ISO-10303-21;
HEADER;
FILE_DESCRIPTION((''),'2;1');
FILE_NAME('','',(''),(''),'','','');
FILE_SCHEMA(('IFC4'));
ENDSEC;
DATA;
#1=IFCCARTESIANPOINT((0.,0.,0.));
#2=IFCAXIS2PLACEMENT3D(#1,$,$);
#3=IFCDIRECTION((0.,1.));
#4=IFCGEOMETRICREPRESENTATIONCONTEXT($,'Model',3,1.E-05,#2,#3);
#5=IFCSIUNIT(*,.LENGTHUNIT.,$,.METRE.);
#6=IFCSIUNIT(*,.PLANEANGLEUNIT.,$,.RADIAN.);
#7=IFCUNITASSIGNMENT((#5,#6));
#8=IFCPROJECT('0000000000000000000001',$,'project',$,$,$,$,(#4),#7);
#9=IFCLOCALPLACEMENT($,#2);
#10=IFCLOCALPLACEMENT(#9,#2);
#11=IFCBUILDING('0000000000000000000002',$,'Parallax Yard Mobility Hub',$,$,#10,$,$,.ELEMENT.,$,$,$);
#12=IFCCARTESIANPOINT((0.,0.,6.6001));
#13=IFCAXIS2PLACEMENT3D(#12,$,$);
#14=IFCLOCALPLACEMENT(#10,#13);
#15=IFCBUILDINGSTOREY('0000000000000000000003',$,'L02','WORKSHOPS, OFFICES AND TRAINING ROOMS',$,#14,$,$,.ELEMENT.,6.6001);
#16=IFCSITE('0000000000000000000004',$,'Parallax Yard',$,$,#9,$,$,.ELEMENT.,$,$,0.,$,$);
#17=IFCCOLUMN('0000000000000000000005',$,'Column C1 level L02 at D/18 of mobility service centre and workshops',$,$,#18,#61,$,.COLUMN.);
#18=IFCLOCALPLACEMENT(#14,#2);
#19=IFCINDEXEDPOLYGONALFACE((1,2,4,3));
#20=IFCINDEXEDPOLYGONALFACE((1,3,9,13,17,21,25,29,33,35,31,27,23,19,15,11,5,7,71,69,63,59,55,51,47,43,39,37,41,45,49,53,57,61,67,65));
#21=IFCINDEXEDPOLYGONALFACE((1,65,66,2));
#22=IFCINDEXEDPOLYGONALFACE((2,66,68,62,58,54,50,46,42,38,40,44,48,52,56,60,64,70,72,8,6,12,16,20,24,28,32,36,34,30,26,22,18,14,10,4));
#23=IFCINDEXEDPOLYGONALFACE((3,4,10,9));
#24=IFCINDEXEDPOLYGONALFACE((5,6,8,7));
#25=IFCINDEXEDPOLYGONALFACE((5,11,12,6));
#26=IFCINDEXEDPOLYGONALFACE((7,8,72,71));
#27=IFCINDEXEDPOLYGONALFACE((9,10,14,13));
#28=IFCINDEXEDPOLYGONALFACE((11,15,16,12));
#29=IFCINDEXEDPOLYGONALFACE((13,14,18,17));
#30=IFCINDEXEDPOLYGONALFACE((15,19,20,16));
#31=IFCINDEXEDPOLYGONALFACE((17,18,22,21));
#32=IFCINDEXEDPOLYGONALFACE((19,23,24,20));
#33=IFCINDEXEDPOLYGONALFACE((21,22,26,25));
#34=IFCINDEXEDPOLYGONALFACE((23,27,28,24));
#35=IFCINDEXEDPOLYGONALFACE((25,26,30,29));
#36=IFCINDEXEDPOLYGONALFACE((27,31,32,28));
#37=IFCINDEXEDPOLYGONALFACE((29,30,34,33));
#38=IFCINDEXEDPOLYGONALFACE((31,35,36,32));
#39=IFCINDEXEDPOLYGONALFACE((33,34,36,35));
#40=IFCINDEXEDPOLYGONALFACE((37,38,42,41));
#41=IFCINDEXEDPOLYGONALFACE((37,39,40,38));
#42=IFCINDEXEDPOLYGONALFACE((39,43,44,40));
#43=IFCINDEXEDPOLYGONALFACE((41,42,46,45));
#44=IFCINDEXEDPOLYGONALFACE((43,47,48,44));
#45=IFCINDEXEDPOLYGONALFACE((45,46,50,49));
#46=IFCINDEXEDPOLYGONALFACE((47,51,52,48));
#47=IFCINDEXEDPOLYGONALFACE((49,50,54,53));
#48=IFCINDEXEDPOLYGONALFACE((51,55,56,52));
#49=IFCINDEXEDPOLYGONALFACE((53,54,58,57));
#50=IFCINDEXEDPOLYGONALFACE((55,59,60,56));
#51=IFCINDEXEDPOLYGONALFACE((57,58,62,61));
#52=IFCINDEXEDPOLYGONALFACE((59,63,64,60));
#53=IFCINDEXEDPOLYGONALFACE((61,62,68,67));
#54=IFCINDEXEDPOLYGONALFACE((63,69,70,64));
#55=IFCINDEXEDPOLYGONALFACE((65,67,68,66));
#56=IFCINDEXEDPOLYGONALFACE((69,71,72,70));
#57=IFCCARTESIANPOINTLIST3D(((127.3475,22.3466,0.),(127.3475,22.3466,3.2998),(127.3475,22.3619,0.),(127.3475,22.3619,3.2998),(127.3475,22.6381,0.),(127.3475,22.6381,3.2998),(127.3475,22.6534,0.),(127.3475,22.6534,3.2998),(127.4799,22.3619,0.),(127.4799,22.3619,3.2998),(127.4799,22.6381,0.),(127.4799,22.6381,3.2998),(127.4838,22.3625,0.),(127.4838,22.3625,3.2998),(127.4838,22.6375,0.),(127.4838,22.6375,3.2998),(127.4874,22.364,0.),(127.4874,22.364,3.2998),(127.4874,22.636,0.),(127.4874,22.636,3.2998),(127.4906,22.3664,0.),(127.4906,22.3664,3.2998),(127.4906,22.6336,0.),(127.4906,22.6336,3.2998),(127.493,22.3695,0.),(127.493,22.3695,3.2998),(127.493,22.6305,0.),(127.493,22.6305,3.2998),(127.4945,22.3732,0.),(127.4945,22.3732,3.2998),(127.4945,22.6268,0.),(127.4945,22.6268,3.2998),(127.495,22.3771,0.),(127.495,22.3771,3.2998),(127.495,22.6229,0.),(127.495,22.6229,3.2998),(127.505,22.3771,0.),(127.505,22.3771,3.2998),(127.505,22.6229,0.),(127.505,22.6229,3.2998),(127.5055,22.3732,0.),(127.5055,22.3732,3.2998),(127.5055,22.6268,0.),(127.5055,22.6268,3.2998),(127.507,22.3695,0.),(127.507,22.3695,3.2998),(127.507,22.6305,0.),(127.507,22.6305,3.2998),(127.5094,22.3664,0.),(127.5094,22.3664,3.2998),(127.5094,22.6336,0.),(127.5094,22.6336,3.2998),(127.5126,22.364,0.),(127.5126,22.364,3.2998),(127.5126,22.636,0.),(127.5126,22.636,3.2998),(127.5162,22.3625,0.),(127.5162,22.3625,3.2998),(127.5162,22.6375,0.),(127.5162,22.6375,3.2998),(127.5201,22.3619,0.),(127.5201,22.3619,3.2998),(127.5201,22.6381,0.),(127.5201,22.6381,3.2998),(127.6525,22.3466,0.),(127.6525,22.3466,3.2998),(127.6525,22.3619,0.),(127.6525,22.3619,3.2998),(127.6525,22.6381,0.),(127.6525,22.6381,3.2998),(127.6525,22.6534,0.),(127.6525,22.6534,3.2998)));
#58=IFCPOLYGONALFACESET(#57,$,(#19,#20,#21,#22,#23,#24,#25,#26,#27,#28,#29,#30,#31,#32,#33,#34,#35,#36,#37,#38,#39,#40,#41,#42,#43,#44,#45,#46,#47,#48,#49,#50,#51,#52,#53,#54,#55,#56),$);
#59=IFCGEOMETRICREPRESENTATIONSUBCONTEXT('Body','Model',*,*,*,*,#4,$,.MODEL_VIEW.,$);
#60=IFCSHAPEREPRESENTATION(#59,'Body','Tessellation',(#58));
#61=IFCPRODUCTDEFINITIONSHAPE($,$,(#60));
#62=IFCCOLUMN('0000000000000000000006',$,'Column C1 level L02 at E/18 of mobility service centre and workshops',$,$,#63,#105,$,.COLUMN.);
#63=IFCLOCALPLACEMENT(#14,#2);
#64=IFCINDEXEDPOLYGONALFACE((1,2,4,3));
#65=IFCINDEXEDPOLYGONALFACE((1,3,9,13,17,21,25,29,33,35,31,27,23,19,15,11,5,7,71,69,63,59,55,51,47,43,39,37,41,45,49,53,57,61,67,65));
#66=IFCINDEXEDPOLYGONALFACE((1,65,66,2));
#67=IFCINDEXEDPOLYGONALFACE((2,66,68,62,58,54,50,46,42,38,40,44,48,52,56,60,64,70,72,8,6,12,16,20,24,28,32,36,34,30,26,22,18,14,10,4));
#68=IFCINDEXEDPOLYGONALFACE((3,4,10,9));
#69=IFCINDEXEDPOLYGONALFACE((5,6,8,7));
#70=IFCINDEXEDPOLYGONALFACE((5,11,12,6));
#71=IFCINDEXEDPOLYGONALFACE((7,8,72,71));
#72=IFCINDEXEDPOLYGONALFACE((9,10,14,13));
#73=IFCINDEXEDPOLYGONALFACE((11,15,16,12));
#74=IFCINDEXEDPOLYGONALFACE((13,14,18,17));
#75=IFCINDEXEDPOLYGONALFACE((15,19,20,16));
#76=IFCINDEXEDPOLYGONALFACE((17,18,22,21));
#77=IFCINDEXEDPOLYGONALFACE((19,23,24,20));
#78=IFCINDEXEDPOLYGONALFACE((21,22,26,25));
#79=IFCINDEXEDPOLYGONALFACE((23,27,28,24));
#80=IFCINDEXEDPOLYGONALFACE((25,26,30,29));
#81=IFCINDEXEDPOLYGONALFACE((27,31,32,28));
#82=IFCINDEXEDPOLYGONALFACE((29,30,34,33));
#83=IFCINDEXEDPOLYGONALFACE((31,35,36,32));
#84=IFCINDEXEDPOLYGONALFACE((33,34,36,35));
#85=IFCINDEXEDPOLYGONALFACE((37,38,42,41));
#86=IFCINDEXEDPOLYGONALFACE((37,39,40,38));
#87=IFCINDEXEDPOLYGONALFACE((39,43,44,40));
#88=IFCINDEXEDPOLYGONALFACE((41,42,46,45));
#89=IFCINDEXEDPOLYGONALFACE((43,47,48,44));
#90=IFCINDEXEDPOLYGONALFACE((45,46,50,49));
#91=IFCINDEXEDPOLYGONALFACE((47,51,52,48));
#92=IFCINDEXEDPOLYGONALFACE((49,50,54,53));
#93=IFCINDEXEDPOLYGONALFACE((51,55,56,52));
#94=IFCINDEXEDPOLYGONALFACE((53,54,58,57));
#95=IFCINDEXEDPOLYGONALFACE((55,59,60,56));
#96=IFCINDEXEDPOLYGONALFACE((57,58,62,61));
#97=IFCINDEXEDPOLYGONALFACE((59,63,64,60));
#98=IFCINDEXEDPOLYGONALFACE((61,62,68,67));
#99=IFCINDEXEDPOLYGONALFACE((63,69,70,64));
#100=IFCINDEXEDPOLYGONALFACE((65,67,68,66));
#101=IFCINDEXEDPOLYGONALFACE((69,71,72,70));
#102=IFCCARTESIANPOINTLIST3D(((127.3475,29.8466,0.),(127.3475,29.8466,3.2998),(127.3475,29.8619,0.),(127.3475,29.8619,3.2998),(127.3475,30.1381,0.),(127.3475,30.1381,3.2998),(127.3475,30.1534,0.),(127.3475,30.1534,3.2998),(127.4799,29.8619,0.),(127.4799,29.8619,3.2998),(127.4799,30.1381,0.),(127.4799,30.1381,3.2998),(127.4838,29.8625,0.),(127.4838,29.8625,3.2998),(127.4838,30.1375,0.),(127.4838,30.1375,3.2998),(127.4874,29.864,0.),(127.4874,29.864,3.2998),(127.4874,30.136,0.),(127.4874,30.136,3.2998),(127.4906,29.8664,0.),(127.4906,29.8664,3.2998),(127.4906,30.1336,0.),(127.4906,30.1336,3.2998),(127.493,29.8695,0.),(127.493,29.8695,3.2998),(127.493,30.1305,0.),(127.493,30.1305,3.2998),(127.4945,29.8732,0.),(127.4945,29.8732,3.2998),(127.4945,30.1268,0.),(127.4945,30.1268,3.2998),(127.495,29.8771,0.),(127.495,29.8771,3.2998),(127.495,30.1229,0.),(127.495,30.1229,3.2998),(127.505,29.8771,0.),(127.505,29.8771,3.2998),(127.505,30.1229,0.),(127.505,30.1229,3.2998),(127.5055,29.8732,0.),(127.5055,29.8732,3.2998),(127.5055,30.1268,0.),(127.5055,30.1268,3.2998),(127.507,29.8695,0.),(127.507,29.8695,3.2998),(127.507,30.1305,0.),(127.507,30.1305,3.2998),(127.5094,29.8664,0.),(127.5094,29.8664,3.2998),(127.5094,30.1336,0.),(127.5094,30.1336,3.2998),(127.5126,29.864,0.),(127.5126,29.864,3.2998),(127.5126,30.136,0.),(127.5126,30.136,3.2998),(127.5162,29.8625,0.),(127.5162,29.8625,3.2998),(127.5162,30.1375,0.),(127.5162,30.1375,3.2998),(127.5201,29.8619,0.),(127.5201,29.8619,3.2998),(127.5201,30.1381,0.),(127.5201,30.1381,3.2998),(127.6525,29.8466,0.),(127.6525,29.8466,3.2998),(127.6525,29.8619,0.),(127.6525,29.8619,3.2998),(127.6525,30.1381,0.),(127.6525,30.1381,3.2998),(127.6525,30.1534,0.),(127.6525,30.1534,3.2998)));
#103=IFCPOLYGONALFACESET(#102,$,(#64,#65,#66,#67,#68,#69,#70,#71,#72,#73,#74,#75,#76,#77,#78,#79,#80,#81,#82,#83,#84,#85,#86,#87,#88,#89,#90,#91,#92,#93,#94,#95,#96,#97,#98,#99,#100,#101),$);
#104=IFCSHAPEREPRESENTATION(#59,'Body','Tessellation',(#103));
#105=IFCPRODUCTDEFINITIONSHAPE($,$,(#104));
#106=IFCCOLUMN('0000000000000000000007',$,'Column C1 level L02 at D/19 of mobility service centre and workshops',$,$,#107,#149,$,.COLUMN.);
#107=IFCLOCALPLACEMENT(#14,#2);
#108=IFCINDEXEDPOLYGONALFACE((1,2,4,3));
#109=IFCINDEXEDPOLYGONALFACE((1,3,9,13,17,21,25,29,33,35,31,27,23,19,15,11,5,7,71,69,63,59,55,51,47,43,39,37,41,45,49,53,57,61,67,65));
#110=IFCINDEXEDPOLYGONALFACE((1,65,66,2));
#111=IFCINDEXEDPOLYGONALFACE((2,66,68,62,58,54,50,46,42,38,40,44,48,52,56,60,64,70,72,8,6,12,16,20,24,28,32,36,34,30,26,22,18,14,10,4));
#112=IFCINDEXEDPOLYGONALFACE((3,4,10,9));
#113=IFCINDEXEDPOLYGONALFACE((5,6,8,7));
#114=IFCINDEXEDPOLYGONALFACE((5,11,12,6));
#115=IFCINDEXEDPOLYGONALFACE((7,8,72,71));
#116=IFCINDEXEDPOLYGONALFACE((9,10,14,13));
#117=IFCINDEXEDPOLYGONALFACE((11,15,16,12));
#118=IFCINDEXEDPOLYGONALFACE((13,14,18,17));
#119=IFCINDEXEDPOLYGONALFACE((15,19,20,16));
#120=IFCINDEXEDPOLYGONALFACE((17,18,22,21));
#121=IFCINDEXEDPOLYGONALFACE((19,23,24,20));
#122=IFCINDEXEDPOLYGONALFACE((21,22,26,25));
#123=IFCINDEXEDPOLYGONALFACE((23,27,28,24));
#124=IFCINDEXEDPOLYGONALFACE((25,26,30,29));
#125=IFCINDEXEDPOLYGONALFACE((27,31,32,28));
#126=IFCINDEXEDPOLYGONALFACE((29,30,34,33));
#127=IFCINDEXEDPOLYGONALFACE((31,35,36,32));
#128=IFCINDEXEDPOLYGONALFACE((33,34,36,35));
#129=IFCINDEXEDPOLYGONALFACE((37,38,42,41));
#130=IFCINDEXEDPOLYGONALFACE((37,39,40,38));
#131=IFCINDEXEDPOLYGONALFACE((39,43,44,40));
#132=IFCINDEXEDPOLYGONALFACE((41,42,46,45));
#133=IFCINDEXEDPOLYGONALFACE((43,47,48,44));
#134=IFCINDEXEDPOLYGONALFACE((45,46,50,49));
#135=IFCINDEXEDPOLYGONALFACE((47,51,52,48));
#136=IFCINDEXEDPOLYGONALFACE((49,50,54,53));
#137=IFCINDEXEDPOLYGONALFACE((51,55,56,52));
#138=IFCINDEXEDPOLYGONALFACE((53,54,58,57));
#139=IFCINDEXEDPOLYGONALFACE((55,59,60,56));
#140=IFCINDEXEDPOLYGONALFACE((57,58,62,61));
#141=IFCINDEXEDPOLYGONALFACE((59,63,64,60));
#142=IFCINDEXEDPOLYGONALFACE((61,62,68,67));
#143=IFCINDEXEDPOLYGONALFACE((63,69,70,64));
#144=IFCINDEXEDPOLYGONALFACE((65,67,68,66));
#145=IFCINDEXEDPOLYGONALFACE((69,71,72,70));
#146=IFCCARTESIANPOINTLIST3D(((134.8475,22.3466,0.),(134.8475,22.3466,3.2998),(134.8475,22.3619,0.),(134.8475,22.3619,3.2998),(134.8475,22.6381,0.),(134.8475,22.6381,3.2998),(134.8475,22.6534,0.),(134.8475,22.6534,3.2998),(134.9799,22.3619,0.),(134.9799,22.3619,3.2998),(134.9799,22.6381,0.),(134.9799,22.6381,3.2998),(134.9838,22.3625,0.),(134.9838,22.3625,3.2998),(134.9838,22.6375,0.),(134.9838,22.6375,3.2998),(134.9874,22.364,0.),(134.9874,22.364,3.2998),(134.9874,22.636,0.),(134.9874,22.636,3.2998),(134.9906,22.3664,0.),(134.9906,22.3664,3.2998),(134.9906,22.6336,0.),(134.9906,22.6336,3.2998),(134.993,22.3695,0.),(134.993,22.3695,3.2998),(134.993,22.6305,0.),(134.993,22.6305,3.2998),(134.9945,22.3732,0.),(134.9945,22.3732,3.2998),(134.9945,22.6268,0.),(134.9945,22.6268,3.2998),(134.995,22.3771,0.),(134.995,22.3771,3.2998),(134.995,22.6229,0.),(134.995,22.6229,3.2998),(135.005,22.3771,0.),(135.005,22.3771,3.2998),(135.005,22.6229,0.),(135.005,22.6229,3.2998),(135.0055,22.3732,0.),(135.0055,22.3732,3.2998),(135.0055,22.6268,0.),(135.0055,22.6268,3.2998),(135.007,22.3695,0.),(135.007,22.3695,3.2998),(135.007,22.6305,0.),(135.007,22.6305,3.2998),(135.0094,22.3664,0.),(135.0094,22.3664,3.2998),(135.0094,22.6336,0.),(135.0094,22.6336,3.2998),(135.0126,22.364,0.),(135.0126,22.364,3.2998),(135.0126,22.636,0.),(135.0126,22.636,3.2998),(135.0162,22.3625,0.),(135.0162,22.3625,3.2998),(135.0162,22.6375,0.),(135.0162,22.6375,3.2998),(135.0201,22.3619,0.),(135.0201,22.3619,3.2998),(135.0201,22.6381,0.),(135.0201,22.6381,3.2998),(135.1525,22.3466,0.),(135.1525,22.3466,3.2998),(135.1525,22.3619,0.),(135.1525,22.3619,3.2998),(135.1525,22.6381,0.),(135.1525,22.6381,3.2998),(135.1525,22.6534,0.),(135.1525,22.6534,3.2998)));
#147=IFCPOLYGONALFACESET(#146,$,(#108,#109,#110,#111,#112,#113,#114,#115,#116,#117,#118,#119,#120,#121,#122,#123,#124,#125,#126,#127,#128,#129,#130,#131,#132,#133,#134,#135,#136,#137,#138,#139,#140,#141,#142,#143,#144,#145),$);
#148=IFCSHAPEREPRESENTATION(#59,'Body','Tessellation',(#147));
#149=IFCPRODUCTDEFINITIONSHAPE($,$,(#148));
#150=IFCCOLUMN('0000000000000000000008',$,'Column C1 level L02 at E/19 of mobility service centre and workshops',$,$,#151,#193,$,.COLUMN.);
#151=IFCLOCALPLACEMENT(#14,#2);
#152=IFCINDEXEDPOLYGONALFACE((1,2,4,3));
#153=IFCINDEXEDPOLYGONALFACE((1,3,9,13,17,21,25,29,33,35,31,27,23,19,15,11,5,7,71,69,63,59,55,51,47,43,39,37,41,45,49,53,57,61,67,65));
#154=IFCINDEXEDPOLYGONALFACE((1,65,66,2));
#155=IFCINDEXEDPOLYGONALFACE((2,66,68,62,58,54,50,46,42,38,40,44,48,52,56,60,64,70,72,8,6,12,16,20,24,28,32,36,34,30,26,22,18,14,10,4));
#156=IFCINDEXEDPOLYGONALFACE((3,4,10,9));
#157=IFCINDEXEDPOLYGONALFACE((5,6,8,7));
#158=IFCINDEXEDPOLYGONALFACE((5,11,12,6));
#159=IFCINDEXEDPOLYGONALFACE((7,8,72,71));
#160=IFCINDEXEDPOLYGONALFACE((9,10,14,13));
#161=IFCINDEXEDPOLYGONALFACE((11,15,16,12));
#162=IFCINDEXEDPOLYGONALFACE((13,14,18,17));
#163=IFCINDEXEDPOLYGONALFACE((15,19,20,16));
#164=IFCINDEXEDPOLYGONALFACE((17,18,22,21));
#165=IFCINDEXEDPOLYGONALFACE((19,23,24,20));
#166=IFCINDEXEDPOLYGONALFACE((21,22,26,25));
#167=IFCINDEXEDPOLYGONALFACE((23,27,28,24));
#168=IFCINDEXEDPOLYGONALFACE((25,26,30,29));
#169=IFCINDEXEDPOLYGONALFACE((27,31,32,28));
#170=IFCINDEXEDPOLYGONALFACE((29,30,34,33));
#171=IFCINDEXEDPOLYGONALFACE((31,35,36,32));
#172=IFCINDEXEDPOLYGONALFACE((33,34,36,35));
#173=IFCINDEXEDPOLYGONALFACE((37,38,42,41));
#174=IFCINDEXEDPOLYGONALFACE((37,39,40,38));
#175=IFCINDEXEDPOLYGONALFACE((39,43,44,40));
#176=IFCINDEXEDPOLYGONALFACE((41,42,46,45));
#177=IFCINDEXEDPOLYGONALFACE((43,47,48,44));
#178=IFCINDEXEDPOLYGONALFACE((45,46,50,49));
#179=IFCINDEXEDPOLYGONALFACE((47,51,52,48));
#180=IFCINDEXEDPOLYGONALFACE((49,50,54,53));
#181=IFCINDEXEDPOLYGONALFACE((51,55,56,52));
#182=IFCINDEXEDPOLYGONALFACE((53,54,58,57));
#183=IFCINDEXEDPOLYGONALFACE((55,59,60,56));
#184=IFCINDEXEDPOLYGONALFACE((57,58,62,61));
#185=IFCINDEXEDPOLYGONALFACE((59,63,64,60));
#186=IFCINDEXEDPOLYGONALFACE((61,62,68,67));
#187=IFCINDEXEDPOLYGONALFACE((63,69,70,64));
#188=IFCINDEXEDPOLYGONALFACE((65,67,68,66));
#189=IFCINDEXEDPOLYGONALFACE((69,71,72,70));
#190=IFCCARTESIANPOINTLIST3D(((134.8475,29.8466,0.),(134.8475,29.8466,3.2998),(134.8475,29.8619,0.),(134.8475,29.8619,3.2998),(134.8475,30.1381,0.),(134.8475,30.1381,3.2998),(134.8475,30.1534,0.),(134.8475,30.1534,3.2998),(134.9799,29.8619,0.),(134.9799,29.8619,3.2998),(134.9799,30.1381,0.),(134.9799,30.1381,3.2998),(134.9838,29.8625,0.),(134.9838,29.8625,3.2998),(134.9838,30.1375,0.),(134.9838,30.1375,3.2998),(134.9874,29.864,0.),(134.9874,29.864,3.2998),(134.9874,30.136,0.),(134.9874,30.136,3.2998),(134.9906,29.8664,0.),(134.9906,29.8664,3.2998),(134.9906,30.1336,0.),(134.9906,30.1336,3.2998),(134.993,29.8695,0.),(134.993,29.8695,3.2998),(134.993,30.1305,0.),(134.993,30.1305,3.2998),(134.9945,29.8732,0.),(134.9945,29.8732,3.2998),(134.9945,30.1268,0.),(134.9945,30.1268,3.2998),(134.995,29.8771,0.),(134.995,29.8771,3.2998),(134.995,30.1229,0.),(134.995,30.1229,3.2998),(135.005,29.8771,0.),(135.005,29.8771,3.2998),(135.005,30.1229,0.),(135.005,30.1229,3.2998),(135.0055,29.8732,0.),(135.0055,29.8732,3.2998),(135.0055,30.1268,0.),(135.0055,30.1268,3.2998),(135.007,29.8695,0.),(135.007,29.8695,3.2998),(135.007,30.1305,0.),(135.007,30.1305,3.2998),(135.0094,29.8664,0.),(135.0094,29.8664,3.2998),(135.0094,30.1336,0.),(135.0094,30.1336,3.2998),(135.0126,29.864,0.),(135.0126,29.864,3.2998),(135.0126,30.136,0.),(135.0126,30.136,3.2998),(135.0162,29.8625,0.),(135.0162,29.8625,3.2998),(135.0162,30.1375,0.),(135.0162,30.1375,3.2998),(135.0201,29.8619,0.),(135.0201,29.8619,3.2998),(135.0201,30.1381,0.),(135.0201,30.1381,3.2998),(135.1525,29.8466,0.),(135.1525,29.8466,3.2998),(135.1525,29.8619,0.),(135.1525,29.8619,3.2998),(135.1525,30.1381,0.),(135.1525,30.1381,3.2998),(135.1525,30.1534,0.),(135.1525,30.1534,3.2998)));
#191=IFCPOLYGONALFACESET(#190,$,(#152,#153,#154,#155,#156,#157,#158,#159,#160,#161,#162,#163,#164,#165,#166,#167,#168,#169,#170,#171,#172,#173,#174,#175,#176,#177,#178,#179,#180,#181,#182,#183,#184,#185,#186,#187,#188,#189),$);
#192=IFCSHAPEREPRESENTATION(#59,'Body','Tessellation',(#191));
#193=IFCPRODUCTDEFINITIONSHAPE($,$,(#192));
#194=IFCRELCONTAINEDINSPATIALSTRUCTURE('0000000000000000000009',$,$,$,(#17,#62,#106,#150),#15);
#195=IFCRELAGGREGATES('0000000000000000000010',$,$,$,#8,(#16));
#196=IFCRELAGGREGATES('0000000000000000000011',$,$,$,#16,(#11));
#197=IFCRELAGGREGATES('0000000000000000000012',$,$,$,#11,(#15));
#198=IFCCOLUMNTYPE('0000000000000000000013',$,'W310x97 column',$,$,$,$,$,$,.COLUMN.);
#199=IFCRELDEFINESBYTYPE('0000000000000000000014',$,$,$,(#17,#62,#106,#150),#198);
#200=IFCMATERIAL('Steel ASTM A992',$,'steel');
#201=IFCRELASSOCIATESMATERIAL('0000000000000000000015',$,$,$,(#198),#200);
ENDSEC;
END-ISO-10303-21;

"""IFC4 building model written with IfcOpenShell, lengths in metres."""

from ifc_helpers import new_model, si_unit, direction, frame, origin, origin_2d, place, context, subcontext, project, spatial, i_section, extrude, material, material_profile, profile_set, type_object, element, save


model = new_model("IFC4")

# Units and contexts
model_context = context("Model", 3, precision=1e-05, world=origin(), true_north=direction((0.0, 1.0)))
body_context = subcontext(model_context, "Body", "Model", "MODEL_VIEW")
ifc_project = project(units=[si_unit("LENGTHUNIT", "METRE"), si_unit("PLANEANGLEUNIT", "RADIAN")], contexts=[model_context])

# Site, building, storey
site_placement = place(None, origin())
site = spatial("IfcSite", under=ifc_project, at=site_placement, Name="Parallax Yard", CompositionType="ELEMENT", RefElevation=0.0)
building_placement = place(site_placement, origin())
building = spatial("IfcBuilding", under=site, at=building_placement, Name="Parallax Yard Mobility Hub", CompositionType="ELEMENT")
storey_placement = place(building_placement, frame((0.0, 0.0, 6.6001)))
storey = spatial("IfcBuildingStorey", under=building, at=storey_placement, Name="L02", Description="WORKSHOPS, OFFICES AND TRAINING ROOMS", CompositionType="ELEMENT", Elevation=6.6001)

# Columns
ifc_material_1 = material(Name="Steel ASTM A992", Category="steel")
ifc_material_profile_1 = material_profile(ifc_material_1, i_section(OverallWidth=0.3049, OverallDepth=0.3069, WebThickness=0.01, FlangeThickness=0.0154, FilletRadius=0.0151, at=origin_2d()), Name="W310x97")
ifc_profile_set_1 = profile_set([ifc_material_profile_1], Name="Steel ASTM A992")
column_type = type_object("IfcColumnType", Name="W310x97 column", PredefinedType="COLUMN", material=ifc_profile_set_1)
for number, where, z_axis, x_axis, name in (
    (1, (127.5, 22.5, 0.0), (0.0, 0.0, 1.0), (1.0, 0.0, 0.0), "Column C1 level L02 at D/18 of mobility service centre and workshops"),
    (2, (127.5, 30.0, 0.0), (0.0, 0.0, 1.0), (1.0, 0.0, 0.0), "Column C1 level L02 at E/18 of mobility service centre and workshops"),
    (3, (135.0, 22.5, 0.0), (0.0, 0.0, 1.0), (1.0, 0.0, 0.0), "Column C1 level L02 at D/19 of mobility service centre and workshops"),
    (4, (135.0, 30.0, 0.0), (0.0, 0.0, 1.0), (1.0, 0.0, 0.0), "Column C1 level L02 at E/19 of mobility service centre and workshops"),
):
    element("IfcColumn", number, at=place(storey_placement, frame(where, z_axis=z_axis, x_axis=x_axis)), inside=storey, type_object=column_type, Name=name, PredefinedType="COLUMN", context=body_context, shape_type="SweptSolid", body=[
        extrude(i_section(OverallWidth=0.3049, OverallDepth=0.3069, WebThickness=0.01, FlangeThickness=0.0154, FilletRadius=0.0151, at=origin_2d()), origin(), (0.0, 0.0, 1.0), 3.2998),
    ])

save(model, "model.ifc")
